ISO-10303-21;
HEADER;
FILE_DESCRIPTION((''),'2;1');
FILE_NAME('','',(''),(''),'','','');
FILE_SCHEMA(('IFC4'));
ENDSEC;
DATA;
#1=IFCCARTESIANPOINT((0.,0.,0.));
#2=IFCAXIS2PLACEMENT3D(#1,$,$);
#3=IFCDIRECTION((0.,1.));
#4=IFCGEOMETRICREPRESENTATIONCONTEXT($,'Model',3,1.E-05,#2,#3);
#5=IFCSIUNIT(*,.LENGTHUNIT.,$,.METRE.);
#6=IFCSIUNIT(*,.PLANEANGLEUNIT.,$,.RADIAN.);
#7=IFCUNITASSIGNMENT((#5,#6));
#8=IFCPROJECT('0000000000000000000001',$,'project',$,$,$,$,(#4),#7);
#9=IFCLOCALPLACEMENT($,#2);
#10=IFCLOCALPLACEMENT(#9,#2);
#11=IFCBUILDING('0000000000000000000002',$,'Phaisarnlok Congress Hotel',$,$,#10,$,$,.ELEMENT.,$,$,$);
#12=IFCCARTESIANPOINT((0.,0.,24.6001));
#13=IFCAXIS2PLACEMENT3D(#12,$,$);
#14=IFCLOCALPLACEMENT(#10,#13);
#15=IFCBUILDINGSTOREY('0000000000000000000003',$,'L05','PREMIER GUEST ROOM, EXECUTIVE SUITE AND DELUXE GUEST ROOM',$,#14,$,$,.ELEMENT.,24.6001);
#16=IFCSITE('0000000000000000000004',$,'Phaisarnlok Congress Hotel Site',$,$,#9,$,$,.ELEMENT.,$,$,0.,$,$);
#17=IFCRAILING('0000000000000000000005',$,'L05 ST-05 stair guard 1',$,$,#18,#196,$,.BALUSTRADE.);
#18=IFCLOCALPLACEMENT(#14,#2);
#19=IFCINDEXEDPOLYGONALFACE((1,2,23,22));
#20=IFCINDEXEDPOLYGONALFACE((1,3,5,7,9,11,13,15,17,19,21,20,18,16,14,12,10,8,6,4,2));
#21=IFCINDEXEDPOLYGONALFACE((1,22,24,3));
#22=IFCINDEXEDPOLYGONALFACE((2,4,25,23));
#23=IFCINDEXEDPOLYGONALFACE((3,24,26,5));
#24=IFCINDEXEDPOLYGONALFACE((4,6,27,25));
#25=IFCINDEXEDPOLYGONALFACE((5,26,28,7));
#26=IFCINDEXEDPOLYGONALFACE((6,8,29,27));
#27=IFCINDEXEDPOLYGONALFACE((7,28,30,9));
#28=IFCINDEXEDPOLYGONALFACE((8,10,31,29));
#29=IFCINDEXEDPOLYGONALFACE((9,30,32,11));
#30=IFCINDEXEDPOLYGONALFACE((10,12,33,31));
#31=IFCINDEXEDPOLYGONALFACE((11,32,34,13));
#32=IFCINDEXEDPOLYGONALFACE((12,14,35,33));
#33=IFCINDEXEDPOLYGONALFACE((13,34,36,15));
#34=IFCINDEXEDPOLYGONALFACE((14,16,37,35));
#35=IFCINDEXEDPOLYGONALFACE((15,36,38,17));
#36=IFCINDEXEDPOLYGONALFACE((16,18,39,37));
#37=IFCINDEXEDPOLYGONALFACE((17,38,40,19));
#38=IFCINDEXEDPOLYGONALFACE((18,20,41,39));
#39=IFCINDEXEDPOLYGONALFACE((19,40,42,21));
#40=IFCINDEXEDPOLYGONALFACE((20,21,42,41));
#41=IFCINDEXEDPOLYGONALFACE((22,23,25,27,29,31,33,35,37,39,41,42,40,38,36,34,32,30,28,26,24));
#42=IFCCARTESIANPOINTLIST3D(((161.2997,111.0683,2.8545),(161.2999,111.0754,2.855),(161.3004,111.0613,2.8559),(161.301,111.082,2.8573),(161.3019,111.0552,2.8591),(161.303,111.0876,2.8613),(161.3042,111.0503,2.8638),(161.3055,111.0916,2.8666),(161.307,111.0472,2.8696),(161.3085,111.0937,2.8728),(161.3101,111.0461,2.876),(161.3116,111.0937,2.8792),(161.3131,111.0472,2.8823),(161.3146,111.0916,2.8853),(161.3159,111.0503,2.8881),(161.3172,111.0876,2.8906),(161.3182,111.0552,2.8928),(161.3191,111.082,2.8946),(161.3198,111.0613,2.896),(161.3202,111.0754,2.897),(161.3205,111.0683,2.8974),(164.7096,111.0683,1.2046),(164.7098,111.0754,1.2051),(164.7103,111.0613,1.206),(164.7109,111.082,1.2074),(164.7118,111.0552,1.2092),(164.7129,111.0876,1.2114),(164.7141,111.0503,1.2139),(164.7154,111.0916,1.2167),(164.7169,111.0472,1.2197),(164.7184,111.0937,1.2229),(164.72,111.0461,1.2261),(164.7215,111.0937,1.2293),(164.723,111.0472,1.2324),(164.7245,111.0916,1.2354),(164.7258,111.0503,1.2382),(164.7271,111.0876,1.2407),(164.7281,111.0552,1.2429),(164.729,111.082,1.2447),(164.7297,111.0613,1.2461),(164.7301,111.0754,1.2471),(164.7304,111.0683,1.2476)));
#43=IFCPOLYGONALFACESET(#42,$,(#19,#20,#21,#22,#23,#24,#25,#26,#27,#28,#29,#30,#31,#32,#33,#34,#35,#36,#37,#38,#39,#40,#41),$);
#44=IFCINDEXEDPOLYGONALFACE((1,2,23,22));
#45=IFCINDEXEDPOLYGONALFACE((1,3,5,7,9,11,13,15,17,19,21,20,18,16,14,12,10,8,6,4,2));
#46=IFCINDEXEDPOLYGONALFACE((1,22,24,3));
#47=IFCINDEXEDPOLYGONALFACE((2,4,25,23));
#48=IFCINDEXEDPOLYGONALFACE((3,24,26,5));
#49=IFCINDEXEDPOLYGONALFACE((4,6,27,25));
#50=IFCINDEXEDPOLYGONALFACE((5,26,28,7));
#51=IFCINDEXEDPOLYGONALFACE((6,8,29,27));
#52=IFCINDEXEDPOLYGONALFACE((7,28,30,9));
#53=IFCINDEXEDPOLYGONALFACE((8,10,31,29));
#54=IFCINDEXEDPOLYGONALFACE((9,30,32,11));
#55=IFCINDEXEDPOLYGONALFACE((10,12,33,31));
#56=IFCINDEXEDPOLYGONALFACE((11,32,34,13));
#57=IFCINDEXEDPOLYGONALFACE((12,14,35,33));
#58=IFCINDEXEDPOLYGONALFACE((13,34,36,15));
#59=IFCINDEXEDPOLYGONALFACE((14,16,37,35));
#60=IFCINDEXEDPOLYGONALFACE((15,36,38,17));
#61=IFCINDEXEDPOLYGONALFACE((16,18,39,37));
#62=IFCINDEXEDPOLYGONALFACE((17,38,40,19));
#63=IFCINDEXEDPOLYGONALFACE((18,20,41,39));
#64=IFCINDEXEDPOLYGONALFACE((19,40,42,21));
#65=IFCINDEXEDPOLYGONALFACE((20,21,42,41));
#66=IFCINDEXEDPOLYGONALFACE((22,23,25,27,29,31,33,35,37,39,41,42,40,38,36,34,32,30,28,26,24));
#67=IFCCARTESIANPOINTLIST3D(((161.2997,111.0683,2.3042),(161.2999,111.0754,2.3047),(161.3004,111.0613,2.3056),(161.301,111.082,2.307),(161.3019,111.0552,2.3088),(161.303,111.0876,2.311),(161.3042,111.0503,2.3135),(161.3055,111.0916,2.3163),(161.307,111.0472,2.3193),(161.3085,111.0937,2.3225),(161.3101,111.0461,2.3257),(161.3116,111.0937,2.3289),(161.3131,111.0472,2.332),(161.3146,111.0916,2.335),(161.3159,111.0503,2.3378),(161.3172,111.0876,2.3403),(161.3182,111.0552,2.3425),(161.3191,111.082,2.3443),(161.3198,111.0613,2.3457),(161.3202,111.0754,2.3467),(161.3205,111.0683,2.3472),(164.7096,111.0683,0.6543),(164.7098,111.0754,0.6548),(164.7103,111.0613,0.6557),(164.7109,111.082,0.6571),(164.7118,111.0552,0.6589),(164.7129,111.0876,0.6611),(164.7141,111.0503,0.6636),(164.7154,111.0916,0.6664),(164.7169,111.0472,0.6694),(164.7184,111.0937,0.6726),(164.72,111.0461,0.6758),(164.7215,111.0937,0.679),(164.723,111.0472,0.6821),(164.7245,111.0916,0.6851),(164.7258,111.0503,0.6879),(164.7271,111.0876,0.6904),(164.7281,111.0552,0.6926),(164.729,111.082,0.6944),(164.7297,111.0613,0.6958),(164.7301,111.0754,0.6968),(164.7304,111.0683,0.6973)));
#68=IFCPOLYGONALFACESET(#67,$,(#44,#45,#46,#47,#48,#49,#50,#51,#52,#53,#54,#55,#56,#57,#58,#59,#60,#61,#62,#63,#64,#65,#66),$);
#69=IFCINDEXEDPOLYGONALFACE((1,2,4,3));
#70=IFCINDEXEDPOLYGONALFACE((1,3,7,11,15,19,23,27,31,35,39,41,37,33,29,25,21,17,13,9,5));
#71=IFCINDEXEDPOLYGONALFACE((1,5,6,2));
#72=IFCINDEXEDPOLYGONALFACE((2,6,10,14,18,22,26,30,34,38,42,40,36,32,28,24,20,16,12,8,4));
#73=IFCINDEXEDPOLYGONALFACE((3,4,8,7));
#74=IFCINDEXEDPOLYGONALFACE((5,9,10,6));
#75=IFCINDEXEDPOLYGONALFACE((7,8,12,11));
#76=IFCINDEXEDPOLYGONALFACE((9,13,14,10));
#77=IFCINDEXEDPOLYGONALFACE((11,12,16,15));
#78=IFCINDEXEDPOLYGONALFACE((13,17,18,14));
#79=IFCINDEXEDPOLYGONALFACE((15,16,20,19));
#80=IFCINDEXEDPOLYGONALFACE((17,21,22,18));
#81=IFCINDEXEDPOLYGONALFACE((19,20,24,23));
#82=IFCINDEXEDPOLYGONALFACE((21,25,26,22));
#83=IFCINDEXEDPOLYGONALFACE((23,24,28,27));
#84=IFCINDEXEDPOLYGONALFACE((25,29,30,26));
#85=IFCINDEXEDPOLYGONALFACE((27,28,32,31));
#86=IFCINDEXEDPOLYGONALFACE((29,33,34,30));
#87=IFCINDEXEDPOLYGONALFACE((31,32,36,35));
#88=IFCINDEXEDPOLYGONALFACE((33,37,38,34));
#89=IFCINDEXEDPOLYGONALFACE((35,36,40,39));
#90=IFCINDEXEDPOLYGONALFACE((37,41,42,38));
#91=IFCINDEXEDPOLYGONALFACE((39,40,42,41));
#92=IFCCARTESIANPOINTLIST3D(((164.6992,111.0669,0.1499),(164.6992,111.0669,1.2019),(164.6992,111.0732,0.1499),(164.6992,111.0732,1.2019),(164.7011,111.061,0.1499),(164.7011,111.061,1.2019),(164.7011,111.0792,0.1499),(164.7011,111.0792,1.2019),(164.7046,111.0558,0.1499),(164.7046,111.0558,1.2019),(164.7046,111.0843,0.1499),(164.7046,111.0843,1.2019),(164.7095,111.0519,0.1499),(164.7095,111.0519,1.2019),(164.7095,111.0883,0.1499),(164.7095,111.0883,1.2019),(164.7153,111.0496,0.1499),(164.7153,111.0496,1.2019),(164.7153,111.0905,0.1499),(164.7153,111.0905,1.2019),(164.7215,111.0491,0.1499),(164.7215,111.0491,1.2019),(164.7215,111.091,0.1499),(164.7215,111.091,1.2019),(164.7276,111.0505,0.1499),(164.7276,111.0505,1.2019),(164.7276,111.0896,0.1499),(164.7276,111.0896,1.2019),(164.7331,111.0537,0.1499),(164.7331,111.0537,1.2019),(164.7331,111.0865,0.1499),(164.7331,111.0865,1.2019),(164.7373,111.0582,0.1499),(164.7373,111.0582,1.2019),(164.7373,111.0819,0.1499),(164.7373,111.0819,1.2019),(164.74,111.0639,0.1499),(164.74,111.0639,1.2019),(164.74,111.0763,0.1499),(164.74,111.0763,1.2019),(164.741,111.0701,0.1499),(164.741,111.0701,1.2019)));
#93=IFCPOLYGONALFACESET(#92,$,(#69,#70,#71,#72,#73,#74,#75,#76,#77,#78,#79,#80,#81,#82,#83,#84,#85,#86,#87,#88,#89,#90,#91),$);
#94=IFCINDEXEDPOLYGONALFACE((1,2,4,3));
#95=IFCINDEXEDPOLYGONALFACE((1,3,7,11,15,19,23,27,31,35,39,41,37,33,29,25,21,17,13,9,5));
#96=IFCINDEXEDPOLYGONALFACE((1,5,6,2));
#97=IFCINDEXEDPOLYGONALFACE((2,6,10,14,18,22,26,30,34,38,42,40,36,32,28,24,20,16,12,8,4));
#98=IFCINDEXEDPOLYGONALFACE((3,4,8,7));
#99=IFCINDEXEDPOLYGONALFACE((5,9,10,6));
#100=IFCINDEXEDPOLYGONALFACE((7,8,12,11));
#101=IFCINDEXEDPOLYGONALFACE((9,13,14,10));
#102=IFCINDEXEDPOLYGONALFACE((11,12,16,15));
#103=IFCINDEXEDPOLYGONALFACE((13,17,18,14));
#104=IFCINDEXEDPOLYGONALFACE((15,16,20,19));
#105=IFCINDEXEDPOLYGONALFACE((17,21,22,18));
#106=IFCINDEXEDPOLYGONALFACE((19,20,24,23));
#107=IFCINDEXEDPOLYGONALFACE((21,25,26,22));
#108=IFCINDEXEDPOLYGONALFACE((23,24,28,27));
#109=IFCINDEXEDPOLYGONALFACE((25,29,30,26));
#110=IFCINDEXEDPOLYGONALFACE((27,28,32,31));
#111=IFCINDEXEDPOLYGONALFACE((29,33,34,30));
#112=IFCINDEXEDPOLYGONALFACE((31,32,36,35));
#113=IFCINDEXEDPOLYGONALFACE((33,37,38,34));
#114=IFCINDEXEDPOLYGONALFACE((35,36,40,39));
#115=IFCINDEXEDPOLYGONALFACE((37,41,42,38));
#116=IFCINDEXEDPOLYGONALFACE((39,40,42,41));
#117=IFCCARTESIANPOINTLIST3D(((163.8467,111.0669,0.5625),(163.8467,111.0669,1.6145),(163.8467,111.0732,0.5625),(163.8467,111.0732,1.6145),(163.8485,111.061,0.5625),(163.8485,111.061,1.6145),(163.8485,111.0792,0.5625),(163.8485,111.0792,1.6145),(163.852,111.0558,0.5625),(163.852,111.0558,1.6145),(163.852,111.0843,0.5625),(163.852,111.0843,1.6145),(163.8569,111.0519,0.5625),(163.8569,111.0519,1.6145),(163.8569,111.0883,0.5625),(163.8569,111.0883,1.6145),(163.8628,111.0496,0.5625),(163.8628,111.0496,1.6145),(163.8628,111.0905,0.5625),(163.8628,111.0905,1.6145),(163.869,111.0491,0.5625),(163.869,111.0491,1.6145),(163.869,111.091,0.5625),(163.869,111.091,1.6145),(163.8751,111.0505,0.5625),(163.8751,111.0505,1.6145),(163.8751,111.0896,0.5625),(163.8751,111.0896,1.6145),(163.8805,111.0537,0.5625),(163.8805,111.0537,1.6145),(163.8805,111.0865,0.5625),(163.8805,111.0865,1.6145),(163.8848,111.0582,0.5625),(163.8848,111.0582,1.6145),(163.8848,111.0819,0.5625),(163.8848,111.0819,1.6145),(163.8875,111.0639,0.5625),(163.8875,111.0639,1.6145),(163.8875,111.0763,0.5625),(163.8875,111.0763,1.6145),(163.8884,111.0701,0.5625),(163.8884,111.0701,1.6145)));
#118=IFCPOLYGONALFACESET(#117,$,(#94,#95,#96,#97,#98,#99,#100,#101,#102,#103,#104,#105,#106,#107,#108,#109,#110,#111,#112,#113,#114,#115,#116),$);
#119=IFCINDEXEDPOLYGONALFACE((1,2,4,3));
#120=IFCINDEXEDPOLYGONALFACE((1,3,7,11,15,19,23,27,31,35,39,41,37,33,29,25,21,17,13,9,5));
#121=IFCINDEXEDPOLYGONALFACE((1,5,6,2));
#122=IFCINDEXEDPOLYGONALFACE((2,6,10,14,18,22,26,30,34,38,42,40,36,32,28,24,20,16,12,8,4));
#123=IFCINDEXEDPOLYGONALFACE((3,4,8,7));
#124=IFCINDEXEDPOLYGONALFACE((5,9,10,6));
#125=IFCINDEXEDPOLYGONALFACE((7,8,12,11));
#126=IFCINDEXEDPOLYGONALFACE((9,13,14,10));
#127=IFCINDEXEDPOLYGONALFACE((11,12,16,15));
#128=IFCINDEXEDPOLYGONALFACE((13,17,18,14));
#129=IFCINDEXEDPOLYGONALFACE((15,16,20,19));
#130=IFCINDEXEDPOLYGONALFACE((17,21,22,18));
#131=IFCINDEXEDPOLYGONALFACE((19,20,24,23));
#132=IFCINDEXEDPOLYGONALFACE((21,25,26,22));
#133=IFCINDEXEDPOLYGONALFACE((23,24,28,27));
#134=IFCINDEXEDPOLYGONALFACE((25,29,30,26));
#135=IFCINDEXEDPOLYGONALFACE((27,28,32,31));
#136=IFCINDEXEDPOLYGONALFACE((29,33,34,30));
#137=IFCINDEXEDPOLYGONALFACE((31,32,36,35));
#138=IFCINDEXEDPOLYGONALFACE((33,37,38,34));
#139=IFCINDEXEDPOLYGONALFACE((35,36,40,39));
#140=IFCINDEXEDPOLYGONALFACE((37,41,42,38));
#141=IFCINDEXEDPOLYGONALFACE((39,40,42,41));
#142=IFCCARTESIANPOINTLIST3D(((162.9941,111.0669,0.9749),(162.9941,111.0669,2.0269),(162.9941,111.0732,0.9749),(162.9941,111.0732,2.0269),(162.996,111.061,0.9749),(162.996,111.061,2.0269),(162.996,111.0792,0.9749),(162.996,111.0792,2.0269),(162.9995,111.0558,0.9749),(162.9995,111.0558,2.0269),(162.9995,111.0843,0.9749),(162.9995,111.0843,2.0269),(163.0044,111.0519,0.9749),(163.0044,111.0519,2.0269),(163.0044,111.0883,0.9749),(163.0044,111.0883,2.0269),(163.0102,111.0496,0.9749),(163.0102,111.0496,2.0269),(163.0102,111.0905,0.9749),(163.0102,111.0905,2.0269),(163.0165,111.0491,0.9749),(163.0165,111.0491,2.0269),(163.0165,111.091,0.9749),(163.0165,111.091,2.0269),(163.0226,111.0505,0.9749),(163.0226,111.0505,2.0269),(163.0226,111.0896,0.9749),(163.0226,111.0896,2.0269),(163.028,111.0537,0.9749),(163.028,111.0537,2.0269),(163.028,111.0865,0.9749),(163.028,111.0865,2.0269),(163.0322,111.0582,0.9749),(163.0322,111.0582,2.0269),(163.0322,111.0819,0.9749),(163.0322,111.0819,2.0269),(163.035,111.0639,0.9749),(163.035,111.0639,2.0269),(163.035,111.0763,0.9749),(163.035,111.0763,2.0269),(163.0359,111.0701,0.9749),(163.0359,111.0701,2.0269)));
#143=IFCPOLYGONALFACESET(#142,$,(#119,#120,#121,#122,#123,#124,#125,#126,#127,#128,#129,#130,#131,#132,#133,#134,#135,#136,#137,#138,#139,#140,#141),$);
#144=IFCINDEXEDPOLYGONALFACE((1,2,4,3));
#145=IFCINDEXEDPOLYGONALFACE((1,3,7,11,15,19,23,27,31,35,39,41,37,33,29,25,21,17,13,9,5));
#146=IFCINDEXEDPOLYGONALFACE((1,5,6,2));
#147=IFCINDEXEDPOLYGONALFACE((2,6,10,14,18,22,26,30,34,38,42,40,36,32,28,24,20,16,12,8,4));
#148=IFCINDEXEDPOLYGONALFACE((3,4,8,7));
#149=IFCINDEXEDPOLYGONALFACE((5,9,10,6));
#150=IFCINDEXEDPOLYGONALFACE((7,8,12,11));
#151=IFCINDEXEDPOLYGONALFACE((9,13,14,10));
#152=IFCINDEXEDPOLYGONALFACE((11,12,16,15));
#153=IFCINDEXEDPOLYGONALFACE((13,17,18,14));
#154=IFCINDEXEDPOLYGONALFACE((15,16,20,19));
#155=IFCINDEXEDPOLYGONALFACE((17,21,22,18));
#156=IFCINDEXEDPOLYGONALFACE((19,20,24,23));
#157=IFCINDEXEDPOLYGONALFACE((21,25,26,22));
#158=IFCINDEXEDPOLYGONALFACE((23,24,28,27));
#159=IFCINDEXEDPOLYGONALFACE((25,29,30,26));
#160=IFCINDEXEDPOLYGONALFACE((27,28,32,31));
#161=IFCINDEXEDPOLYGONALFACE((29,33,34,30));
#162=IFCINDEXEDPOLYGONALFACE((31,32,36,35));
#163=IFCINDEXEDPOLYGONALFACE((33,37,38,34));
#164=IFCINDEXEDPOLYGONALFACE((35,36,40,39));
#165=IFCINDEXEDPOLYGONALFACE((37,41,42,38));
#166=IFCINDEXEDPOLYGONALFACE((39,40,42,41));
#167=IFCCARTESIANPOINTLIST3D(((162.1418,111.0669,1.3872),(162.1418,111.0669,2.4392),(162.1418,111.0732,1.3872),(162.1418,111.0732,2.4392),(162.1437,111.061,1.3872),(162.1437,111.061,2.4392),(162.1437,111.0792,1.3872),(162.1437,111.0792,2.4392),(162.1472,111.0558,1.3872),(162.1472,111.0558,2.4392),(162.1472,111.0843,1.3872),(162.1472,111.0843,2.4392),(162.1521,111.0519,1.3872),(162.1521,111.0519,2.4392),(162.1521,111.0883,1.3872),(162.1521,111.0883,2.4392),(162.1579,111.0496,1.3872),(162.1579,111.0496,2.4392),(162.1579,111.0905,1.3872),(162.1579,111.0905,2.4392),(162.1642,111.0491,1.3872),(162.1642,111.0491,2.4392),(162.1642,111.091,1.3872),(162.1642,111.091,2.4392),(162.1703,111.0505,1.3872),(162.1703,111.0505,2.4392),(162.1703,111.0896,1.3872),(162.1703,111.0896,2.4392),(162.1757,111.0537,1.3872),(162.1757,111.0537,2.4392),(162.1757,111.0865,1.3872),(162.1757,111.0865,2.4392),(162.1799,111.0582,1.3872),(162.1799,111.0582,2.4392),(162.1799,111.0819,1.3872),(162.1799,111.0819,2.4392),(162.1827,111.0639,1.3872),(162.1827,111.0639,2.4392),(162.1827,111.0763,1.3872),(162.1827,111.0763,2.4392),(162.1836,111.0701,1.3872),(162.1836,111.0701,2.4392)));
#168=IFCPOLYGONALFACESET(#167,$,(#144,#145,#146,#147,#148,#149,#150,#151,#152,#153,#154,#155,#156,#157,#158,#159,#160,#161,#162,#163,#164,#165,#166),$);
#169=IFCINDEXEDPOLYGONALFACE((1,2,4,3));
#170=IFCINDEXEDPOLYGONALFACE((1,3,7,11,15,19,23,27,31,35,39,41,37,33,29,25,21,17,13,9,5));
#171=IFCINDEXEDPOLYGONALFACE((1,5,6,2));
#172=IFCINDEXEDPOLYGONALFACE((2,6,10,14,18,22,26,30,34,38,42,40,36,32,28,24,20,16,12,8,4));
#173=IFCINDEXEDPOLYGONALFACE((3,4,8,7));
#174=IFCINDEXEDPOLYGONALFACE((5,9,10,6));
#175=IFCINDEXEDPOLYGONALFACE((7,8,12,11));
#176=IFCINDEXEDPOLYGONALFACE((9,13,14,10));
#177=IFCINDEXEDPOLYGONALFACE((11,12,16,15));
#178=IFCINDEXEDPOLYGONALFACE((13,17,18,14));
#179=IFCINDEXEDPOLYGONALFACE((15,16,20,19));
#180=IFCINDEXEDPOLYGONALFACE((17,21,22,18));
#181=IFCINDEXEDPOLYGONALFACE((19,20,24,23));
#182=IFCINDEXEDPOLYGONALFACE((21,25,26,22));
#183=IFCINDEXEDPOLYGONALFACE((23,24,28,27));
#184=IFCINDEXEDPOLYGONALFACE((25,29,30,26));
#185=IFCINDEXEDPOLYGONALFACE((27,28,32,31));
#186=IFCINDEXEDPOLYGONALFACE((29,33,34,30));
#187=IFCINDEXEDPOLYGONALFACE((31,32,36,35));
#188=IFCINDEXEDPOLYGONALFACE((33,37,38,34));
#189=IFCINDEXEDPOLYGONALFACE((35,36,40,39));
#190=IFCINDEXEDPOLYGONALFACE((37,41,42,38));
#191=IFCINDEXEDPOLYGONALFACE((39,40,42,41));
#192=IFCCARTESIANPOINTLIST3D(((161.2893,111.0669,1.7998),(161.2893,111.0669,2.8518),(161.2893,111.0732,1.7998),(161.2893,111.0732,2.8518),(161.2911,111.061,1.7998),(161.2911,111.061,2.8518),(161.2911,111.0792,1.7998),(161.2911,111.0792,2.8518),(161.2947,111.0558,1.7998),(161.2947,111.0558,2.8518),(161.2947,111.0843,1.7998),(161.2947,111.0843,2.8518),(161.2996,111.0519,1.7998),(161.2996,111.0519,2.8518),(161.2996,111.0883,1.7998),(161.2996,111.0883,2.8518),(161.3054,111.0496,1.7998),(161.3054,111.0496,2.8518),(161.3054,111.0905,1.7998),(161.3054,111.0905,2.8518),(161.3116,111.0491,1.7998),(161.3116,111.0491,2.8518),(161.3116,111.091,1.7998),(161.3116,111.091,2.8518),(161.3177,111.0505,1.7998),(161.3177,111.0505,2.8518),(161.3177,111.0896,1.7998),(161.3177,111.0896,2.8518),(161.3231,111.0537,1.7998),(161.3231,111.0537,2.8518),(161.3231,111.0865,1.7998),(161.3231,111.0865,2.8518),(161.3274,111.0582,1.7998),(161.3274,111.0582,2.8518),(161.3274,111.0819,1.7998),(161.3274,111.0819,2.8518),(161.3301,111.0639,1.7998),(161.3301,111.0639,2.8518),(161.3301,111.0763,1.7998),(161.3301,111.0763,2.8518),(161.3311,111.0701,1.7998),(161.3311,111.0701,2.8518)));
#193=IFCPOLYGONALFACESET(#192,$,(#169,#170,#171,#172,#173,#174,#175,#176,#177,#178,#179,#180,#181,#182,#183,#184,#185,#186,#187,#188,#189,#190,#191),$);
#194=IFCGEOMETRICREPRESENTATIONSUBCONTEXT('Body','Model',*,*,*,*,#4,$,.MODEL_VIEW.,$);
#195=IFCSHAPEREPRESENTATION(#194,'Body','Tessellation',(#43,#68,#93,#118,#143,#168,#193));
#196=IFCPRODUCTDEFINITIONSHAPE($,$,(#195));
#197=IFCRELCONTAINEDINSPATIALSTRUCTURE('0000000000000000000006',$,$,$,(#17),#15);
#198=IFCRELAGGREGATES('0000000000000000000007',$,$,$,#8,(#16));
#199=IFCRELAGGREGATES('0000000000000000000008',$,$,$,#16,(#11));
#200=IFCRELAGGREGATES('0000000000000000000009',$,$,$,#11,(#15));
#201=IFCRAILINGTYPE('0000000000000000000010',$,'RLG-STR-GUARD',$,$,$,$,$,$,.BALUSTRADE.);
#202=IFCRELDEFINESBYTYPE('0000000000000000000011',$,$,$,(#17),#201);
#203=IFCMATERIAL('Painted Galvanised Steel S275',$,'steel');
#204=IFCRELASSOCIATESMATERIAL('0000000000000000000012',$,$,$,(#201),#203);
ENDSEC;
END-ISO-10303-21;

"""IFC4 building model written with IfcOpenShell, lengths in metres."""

from ifc_helpers import new_model, si_unit, direction, frame, origin, origin_2d, place, context, subcontext, project, spatial, circle, extrude, material, type_object, element, save


model = new_model("IFC4")

# Units and contexts
model_context = context("Model", 3, precision=1e-05, world=origin(), true_north=direction((0.0, 1.0)))
body_context = subcontext(model_context, "Body", "Model", "MODEL_VIEW")
ifc_project = project(units=[si_unit("LENGTHUNIT", "METRE"), si_unit("PLANEANGLEUNIT", "RADIAN")], contexts=[model_context])

# Site, building, storey
site_placement = place(None, origin())
site = spatial("IfcSite", under=ifc_project, at=site_placement, Name="Phaisarnlok Congress Hotel Site", CompositionType="ELEMENT", RefElevation=0.0)
building_placement = place(site_placement, origin())
building = spatial("IfcBuilding", under=site, at=building_placement, Name="Phaisarnlok Congress Hotel", CompositionType="ELEMENT")
storey_placement = place(building_placement, frame((0.0, 0.0, 24.6001)))
storey = spatial("IfcBuildingStorey", under=building, at=storey_placement, Name="L05", Description="PREMIER GUEST ROOM, EXECUTIVE SUITE AND DELUXE GUEST ROOM", CompositionType="ELEMENT", Elevation=24.6001)

# Railing
ifc_material_1 = material(Name="Painted Galvanised Steel S275", Category="steel")
railing_type_1 = type_object("IfcRailingType", Name="RLG-STR-GUARD", PredefinedType="BALUSTRADE", material=ifc_material_1)
railing_1_placement = place(storey_placement, frame((164.72, 111.0701, 0.1499)))
element("IfcRailing", 1, at=railing_1_placement, inside=storey, type_object=railing_type_1, Name="L05 ST-05 stair guard 1", PredefinedType="BALUSTRADE", context=body_context, shape_type="SweptSolid", body=[
    extrude(circle(Radius=0.0239, at=origin_2d()), frame((0.0, 0.0, 1.0762), z_axis=(-0.900165, 0.0, 0.435549), x_axis=(0.0, -1.0, 0.0)), (0.0, 0.0, 1.0), 3.7881),
    extrude(circle(Radius=0.0239, at=origin_2d()), frame((0.0, 0.0, 0.5259), z_axis=(-0.900165, 0.0, 0.435549), x_axis=(0.0, -1.0, 0.0)), (0.0, 0.0, 1.0), 3.7881),
    extrude(circle(Radius=0.021, at=origin_2d()), origin(), (0.0, 0.0, 1.0), 1.052),
    extrude(circle(Radius=0.021, at=origin_2d()), frame((-0.8525, 0.0, 0.4126)), (0.0, 0.0, 1.0), 1.052),
    extrude(circle(Radius=0.021, at=origin_2d()), frame((-1.7051, 0.0, 0.825)), (0.0, 0.0, 1.0), 1.052),
    extrude(circle(Radius=0.021, at=origin_2d()), frame((-2.5574, 0.0, 1.2373)), (0.0, 0.0, 1.0), 1.052),
    extrude(circle(Radius=0.021, at=origin_2d()), frame((-3.4099, 0.0, 1.6499)), (0.0, 0.0, 1.0), 1.052),
])

save(model, "model.ifc")
